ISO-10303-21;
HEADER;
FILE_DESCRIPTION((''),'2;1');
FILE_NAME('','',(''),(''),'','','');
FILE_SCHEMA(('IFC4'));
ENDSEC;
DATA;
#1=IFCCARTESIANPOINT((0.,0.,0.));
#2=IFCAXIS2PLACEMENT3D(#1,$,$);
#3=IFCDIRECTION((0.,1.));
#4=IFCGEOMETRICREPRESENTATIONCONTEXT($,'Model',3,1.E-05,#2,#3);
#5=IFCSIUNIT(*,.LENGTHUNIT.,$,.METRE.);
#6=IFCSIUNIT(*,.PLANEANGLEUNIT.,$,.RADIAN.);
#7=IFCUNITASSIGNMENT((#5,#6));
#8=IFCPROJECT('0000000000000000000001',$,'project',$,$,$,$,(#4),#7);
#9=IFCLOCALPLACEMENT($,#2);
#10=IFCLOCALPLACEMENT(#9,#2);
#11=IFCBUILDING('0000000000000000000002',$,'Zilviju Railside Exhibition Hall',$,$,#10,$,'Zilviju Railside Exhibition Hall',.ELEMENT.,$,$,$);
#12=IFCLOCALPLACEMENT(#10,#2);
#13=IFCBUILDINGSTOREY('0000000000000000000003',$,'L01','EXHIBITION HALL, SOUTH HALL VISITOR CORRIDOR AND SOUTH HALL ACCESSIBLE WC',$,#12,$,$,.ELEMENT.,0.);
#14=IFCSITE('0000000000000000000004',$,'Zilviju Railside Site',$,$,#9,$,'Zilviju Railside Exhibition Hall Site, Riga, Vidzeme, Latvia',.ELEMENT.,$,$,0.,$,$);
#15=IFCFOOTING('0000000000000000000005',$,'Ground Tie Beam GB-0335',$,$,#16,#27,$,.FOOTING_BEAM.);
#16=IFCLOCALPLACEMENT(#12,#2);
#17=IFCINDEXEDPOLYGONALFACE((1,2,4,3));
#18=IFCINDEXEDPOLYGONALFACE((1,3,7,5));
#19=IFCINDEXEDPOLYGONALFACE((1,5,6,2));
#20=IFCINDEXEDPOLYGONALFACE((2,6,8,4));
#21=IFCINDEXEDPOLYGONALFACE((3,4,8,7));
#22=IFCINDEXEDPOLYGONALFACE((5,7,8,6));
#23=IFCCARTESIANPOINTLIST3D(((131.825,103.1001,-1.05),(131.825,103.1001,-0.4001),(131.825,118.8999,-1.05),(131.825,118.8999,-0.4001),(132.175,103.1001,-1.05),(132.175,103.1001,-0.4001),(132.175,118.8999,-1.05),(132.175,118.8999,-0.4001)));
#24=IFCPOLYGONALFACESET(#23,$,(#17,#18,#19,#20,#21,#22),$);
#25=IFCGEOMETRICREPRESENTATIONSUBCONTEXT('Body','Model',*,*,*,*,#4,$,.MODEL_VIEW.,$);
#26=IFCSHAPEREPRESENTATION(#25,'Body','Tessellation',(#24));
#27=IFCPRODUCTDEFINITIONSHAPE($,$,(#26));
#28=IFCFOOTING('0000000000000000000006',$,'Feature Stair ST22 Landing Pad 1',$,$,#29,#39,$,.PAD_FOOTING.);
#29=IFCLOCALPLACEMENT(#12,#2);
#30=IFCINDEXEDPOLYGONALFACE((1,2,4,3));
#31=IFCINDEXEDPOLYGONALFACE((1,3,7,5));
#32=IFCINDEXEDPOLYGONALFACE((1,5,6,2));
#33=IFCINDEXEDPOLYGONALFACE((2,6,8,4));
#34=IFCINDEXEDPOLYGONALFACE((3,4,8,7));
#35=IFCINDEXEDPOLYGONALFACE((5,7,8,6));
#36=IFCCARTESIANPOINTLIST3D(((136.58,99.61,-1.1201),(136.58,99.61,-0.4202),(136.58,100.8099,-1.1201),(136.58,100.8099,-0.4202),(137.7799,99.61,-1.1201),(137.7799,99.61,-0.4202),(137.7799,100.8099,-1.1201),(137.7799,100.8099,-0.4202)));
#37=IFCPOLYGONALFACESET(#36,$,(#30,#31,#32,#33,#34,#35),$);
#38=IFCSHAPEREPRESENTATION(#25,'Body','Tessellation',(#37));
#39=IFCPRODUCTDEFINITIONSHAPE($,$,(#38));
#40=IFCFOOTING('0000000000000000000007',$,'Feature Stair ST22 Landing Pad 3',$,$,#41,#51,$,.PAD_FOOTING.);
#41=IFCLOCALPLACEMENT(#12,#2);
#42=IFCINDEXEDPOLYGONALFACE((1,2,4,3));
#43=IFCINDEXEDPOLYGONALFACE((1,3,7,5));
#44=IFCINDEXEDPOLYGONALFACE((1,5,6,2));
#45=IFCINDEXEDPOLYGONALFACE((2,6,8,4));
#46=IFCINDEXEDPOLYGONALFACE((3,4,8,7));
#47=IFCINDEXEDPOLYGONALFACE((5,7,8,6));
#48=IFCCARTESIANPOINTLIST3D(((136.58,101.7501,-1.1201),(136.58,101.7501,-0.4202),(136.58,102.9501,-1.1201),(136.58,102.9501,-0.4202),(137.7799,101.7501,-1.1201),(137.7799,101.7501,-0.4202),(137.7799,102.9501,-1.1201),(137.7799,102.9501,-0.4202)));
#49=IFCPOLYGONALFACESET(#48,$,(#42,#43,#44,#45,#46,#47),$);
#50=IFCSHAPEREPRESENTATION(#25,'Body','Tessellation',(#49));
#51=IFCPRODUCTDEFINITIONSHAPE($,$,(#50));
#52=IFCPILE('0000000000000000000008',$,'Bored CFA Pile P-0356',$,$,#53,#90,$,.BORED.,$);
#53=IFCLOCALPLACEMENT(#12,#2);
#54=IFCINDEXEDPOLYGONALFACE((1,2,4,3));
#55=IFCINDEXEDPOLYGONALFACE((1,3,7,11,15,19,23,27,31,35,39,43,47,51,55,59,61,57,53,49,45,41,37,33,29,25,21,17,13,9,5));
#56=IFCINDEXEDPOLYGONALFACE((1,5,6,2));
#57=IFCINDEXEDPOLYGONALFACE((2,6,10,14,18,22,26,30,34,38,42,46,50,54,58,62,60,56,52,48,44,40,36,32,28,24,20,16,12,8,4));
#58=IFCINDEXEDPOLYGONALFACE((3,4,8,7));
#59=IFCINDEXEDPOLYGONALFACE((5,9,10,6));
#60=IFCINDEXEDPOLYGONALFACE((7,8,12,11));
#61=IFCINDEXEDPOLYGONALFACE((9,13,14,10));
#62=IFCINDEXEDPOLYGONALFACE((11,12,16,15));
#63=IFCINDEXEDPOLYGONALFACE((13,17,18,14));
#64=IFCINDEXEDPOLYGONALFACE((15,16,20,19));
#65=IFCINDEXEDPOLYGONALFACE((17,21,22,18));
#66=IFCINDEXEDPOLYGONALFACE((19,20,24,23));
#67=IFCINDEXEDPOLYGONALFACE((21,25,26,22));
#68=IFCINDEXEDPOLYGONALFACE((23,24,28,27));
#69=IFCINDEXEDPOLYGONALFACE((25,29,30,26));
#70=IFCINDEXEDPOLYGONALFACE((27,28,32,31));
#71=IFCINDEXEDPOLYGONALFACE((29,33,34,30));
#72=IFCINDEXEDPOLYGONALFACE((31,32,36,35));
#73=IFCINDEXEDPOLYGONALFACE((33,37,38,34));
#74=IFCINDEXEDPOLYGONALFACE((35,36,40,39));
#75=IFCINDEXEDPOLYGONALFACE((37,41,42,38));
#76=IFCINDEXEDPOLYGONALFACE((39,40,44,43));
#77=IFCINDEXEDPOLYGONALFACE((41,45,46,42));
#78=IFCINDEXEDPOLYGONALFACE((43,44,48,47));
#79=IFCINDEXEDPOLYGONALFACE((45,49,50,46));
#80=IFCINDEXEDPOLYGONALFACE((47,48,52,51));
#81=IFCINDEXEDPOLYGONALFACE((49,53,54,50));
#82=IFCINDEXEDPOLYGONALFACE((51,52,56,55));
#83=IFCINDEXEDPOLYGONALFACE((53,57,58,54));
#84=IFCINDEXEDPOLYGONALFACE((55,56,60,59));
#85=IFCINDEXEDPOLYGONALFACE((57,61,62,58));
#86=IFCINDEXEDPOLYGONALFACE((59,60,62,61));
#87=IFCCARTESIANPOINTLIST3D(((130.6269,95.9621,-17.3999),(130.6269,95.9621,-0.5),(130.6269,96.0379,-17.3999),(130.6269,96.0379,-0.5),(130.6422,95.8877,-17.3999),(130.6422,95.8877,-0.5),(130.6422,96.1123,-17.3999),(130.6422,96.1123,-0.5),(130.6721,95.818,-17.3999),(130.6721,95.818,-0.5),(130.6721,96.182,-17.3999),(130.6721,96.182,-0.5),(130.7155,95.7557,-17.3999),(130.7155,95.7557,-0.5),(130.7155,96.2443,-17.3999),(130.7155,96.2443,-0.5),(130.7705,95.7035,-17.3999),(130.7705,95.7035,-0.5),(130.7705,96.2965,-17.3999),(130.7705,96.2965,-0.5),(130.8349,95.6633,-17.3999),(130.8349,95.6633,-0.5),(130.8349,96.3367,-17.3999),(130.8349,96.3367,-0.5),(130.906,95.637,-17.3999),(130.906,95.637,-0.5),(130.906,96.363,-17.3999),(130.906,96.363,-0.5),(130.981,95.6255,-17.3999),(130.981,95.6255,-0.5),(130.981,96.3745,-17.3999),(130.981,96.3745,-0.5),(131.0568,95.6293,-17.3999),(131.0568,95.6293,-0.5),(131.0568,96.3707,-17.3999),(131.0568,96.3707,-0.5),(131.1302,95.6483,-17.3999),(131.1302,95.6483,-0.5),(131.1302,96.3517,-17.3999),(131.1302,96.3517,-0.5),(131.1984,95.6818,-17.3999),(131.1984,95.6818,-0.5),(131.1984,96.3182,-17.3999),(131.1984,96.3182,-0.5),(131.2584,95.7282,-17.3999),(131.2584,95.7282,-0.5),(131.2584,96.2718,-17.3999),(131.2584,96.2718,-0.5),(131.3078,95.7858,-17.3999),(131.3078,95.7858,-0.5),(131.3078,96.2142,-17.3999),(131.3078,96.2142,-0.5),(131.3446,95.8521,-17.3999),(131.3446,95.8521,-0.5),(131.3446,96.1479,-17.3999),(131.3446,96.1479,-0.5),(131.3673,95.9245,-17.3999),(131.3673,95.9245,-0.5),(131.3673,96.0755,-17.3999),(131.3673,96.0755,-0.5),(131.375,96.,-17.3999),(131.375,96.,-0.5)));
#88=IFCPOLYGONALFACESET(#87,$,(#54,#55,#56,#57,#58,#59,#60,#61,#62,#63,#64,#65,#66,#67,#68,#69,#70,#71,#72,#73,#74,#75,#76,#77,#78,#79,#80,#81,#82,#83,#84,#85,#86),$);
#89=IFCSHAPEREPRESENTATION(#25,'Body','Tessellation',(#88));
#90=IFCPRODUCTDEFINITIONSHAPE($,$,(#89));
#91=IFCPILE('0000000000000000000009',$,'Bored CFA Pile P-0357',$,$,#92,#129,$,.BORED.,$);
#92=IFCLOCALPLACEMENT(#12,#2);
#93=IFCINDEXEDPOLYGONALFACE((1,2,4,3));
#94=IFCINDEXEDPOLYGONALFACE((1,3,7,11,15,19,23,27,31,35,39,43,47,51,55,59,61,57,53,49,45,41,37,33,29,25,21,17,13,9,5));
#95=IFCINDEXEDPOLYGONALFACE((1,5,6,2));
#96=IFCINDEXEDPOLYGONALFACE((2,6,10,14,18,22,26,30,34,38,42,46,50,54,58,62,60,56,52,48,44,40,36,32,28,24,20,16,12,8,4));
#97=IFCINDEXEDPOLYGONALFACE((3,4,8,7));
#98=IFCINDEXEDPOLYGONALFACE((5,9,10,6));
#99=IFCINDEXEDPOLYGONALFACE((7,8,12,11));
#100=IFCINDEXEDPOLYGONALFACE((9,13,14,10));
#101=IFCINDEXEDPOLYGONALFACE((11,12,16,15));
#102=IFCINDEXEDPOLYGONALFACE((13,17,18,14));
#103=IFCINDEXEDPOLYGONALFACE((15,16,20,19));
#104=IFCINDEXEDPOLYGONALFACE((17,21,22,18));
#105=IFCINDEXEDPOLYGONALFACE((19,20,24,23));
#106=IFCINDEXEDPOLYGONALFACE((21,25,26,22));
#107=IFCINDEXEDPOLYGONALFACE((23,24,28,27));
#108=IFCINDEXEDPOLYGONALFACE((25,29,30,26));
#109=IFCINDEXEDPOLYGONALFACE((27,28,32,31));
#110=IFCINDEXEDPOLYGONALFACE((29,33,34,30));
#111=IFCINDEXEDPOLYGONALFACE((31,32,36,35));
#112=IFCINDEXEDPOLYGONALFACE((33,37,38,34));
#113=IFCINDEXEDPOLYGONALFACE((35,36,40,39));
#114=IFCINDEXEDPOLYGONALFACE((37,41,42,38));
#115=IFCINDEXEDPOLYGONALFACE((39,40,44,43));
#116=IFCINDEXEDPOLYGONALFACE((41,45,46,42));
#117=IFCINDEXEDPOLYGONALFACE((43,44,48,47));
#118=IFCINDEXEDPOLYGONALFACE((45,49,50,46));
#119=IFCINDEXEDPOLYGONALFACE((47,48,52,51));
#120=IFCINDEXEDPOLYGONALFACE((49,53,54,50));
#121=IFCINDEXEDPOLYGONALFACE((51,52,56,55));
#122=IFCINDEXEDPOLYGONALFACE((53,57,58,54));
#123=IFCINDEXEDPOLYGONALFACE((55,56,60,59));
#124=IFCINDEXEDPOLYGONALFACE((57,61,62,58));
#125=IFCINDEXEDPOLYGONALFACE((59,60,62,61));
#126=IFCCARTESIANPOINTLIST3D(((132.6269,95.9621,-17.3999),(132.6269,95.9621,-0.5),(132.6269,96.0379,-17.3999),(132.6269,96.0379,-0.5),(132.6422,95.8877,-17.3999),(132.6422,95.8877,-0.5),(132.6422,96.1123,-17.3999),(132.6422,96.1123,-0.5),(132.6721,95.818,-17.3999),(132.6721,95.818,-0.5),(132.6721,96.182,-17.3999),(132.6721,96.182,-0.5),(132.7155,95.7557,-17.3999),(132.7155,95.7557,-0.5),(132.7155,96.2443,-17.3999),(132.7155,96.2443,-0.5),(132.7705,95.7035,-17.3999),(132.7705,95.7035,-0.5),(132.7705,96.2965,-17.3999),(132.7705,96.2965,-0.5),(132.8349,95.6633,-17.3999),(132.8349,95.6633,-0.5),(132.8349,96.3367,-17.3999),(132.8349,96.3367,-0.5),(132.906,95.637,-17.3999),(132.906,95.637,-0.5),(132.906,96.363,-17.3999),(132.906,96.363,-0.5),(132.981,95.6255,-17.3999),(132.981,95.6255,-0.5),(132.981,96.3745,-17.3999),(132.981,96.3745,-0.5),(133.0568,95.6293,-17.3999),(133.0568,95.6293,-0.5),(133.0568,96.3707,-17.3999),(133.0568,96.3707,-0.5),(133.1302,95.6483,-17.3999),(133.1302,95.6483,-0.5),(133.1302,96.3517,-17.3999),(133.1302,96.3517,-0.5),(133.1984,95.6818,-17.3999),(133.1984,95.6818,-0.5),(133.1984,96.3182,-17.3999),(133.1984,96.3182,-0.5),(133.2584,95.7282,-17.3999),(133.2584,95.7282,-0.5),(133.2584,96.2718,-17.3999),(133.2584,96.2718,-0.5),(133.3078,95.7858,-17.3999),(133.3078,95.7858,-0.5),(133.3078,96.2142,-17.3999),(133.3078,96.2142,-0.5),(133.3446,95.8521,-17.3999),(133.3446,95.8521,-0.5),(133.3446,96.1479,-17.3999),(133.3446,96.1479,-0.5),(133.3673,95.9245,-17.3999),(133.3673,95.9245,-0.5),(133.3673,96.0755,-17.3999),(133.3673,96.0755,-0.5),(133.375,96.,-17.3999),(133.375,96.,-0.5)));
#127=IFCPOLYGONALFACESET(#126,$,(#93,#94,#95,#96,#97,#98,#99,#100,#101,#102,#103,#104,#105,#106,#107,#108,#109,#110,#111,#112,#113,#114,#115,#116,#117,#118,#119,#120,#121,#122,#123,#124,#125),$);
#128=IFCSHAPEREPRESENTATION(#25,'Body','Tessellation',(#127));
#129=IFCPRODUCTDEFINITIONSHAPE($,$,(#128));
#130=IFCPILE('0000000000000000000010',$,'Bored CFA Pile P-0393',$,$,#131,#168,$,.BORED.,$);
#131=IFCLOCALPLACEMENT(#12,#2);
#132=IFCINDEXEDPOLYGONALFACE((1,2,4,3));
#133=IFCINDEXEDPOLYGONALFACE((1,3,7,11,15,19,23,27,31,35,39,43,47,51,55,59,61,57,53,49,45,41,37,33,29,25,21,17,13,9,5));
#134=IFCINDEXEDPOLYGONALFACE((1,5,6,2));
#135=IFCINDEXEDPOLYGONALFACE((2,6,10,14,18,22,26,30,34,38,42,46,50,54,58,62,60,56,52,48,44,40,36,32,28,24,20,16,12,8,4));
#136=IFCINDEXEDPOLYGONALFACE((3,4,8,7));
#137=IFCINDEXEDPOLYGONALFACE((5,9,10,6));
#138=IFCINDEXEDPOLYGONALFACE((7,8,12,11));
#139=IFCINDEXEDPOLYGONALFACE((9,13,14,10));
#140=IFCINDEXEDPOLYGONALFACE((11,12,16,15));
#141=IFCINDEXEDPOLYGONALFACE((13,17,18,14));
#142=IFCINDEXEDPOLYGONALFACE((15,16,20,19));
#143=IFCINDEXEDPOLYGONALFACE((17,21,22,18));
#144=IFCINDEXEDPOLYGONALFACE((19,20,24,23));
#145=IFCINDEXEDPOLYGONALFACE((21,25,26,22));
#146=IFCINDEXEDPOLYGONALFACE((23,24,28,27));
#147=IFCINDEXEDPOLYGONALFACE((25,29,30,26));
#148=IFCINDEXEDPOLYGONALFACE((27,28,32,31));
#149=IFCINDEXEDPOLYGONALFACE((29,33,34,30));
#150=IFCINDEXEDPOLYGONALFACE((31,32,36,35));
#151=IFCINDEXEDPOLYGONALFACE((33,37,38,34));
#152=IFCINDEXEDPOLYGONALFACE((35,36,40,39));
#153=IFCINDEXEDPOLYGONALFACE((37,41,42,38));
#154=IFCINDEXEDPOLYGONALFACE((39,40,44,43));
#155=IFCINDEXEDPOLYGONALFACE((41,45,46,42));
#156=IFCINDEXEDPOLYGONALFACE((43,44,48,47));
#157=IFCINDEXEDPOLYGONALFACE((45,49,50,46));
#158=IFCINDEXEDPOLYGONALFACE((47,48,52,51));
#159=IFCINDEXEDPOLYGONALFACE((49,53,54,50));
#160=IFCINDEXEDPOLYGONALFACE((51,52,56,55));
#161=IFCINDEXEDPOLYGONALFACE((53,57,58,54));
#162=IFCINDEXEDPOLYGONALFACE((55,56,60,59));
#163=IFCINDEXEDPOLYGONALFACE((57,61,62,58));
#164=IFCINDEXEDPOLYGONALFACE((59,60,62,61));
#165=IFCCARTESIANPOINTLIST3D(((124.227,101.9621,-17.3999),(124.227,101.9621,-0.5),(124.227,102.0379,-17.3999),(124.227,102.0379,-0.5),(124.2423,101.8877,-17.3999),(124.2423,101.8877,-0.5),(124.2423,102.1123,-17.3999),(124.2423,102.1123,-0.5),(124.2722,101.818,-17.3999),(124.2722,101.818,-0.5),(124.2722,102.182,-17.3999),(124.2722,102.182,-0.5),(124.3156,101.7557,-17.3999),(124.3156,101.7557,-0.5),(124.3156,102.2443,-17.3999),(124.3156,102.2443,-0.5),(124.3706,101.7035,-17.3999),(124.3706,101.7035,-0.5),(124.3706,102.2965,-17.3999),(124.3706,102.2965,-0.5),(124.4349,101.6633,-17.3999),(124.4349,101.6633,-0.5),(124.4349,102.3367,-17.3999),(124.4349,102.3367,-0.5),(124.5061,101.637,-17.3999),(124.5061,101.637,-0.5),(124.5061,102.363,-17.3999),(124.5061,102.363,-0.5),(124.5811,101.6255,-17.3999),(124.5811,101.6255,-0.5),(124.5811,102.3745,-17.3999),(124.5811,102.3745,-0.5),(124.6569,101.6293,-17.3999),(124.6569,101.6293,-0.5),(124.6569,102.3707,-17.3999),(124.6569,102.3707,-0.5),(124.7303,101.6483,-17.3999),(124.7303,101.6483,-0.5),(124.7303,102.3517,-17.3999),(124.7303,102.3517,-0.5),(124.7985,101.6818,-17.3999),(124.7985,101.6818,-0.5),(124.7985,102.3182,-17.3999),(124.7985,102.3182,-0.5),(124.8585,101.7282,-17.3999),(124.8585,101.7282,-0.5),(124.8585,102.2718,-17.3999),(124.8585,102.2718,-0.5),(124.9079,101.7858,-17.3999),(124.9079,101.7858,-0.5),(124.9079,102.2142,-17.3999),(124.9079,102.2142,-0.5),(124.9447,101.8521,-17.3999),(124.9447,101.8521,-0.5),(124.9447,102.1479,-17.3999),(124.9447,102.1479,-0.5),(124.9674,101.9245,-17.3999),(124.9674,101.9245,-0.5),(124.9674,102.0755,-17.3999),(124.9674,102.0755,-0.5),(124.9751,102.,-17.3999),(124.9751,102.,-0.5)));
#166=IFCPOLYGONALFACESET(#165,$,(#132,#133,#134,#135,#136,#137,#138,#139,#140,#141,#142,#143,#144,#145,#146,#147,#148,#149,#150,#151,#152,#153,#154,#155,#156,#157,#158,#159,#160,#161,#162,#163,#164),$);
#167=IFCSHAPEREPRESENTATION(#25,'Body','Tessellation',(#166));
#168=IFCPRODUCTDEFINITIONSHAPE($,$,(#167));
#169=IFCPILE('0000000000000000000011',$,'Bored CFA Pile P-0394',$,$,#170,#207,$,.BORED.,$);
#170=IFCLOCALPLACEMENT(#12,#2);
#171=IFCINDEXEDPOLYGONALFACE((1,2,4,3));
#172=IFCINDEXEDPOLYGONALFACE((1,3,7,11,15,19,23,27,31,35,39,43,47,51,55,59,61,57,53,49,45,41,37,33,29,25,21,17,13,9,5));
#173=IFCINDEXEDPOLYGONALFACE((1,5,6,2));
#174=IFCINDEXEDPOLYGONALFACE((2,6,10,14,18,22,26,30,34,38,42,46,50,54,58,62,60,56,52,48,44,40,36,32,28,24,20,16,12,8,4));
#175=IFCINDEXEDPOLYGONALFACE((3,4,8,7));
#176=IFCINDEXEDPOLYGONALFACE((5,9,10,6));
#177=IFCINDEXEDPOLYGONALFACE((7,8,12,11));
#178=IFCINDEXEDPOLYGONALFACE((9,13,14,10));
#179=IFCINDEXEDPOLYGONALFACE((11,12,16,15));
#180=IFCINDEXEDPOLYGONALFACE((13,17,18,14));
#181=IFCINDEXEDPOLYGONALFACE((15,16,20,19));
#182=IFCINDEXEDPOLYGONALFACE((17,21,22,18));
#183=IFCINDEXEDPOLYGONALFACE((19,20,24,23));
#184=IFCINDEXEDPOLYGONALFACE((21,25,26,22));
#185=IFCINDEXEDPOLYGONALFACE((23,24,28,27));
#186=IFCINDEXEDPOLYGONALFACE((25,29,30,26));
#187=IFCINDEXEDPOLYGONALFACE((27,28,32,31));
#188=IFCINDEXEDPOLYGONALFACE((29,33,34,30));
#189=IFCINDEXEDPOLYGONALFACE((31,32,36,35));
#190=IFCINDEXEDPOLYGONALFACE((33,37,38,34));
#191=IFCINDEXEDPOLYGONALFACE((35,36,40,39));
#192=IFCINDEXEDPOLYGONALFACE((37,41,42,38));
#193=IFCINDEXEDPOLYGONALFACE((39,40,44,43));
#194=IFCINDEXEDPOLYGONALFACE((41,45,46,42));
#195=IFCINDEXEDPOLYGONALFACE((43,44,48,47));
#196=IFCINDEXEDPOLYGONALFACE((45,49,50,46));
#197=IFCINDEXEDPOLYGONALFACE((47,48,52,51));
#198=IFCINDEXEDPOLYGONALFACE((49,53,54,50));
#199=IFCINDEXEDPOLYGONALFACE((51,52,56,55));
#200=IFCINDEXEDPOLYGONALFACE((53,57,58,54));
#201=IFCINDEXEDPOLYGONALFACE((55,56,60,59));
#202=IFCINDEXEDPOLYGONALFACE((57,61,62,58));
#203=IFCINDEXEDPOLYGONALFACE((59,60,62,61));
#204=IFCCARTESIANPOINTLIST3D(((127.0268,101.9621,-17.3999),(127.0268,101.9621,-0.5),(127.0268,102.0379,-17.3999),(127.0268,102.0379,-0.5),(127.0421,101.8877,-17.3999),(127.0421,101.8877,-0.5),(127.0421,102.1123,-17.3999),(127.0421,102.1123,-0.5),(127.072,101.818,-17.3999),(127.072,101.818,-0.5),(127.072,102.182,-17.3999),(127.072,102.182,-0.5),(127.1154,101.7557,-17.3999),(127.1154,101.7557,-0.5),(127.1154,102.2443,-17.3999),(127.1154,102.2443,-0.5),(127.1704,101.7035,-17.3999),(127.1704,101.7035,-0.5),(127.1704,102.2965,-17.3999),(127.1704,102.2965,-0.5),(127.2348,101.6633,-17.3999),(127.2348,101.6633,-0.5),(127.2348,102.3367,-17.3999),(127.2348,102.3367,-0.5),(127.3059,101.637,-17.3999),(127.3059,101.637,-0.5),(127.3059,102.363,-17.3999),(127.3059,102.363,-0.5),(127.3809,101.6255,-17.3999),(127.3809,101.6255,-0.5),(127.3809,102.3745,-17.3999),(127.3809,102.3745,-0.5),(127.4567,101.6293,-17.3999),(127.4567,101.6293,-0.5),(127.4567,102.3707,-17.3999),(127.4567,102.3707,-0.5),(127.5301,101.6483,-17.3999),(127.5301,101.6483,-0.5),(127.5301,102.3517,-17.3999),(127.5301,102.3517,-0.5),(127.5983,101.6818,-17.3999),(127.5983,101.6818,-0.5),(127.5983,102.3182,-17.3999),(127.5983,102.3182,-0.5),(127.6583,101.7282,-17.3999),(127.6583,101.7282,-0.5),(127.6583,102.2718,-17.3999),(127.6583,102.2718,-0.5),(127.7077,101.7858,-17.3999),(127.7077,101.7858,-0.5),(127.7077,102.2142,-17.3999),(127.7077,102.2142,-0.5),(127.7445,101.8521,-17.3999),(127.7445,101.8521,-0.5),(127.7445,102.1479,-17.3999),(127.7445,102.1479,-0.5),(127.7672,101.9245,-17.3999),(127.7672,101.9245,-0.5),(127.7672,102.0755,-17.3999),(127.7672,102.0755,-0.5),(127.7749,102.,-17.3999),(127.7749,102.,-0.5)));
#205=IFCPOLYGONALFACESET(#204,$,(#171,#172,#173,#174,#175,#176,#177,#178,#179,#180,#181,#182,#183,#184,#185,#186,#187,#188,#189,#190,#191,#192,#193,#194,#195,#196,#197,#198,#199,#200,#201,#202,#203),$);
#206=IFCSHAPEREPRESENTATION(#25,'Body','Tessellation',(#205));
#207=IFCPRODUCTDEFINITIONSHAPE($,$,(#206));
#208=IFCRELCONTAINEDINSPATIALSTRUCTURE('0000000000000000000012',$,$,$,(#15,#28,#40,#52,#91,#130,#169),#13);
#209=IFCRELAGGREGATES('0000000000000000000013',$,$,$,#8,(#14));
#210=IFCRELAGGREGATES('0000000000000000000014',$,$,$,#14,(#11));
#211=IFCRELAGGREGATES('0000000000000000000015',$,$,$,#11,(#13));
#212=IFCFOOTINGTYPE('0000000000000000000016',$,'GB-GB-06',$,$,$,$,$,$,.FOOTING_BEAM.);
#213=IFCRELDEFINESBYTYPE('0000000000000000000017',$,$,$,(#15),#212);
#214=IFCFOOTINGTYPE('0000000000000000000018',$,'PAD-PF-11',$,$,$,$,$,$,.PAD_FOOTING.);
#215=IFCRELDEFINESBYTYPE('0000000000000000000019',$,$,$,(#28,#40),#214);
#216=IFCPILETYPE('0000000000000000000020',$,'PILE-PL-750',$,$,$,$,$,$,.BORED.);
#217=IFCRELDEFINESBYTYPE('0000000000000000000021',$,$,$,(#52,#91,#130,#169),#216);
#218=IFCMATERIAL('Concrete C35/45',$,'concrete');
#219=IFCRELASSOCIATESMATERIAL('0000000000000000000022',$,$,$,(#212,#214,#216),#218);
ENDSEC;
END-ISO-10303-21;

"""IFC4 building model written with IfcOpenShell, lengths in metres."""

from ifc_helpers import new_model, si_unit, direction, frame, origin, origin_2d, place, context, subcontext, project, spatial, rectangle, circle, extrude, material, material_profile, profile_set, type_object, element, save


model = new_model("IFC4")

# Units and contexts
model_context = context("Model", 3, precision=1e-05, world=origin(), true_north=direction((0.0, 1.0)))
body_context = subcontext(model_context, "Body", "Model", "MODEL_VIEW")
ifc_project = project(units=[si_unit("LENGTHUNIT", "METRE"), si_unit("PLANEANGLEUNIT", "RADIAN")], contexts=[model_context])

# Site, building, storey
site_placement = place(None, origin())
site = spatial("IfcSite", under=ifc_project, at=site_placement, Name="Zilviju Railside Site", LongName="Zilviju Railside Exhibition Hall Site, Riga, Vidzeme, Latvia", CompositionType="ELEMENT", RefElevation=0.0)
building_placement = place(site_placement, origin())
building = spatial("IfcBuilding", under=site, at=building_placement, Name="Zilviju Railside Exhibition Hall", LongName="Zilviju Railside Exhibition Hall", CompositionType="ELEMENT")
storey_placement = place(building_placement, origin())
storey = spatial("IfcBuildingStorey", under=building, at=storey_placement, Name="L01", Description="EXHIBITION HALL, SOUTH HALL VISITOR CORRIDOR AND SOUTH HALL ACCESSIBLE WC", CompositionType="ELEMENT", Elevation=0.0)

# Footings
ifc_material_1 = material(Name="Concrete C35/45", Category="concrete")
ifc_material_profile_1 = material_profile(ifc_material_1, rectangle(XDim=0.3501, YDim=0.6499, at=origin_2d()), Name="TIE BEAM 350x650")
ifc_profile_set_1 = profile_set([ifc_material_profile_1], Name="Concrete C35/45")
footing_type_1 = type_object("IfcFootingType", Name="GB-GB-06", PredefinedType="FOOTING_BEAM", material=ifc_profile_set_1)
for number, where, z_axis, x_axis, name in (
    (1, (132.0, 103.1001, -0.7251), (0.0, 1.0, 0.0), (-1.0, 0.0, 0.0), "Ground Tie Beam GB-0335"),
):
    element("IfcFooting", number, at=place(storey_placement, frame(where, z_axis=z_axis, x_axis=x_axis)), inside=storey, type_object=footing_type_1, Name=name, PredefinedType="FOOTING_BEAM", context=body_context, shape_type="SweptSolid", body=[
        extrude(rectangle(XDim=0.3501, YDim=0.6499, at=origin_2d()), origin(), (0.0, 0.0, 1.0), 15.7998),
    ])
footing_type_2 = type_object("IfcFootingType", Name="PAD-PF-11", PredefinedType="PAD_FOOTING", material=ifc_material_1)
for number, where, z_axis, x_axis, name in (
    (2, (137.1799, 100.21, -1.1201), (0.0, 0.0, 1.0), (1.0, 0.0, 0.0), "Feature Stair ST22 Landing Pad 1"),
    (3, (137.1799, 102.3501, -1.1201), (0.0, 0.0, 1.0), (1.0, 0.0, 0.0), "Feature Stair ST22 Landing Pad 3"),
):
    element("IfcFooting", number, at=place(storey_placement, frame(where, z_axis=z_axis, x_axis=x_axis)), inside=storey, type_object=footing_type_2, Name=name, PredefinedType="PAD_FOOTING", context=body_context, shape_type="SweptSolid", body=[
        extrude(rectangle(XDim=1.2, YDim=1.2, at=origin_2d()), origin(), (0.0, 0.0, 1.0), 0.7),
    ])

# Piles
ifc_material_profile_2 = material_profile(ifc_material_1, circle(Radius=0.375, at=origin_2d()), Name="CFA PILE D750")
ifc_profile_set_2 = profile_set([ifc_material_profile_2], Name="Concrete C35/45")
pile_type_1 = type_object("IfcPileType", Name="PILE-PL-750", PredefinedType="BORED", material=ifc_profile_set_2)
for number, where, z_axis, x_axis, name in (
    (4, (131.0, 96.0, -0.5), (0.0, 0.0, -1.0), (1.0, 0.0, 0.0), "Bored CFA Pile P-0356"),
    (5, (133.0, 96.0, -0.5), (0.0, 0.0, -1.0), (1.0, 0.0, 0.0), "Bored CFA Pile P-0357"),
    (6, (124.6001, 102.0, -0.5), (0.0, 0.0, -1.0), (1.0, 0.0, 0.0), "Bored CFA Pile P-0393"),
    (7, (127.3999, 102.0, -0.5), (0.0, 0.0, -1.0), (1.0, 0.0, 0.0), "Bored CFA Pile P-0394"),
):
    element("IfcPile", number, at=place(storey_placement, frame(where, z_axis=z_axis, x_axis=x_axis)), inside=storey, type_object=pile_type_1, Name=name, PredefinedType="BORED", context=body_context, shape_type="SweptSolid", body=[
        extrude(circle(Radius=0.375, at=origin_2d()), origin(), (0.0, 0.0, 1.0), 16.8999),
    ])

save(model, "model.ifc")
